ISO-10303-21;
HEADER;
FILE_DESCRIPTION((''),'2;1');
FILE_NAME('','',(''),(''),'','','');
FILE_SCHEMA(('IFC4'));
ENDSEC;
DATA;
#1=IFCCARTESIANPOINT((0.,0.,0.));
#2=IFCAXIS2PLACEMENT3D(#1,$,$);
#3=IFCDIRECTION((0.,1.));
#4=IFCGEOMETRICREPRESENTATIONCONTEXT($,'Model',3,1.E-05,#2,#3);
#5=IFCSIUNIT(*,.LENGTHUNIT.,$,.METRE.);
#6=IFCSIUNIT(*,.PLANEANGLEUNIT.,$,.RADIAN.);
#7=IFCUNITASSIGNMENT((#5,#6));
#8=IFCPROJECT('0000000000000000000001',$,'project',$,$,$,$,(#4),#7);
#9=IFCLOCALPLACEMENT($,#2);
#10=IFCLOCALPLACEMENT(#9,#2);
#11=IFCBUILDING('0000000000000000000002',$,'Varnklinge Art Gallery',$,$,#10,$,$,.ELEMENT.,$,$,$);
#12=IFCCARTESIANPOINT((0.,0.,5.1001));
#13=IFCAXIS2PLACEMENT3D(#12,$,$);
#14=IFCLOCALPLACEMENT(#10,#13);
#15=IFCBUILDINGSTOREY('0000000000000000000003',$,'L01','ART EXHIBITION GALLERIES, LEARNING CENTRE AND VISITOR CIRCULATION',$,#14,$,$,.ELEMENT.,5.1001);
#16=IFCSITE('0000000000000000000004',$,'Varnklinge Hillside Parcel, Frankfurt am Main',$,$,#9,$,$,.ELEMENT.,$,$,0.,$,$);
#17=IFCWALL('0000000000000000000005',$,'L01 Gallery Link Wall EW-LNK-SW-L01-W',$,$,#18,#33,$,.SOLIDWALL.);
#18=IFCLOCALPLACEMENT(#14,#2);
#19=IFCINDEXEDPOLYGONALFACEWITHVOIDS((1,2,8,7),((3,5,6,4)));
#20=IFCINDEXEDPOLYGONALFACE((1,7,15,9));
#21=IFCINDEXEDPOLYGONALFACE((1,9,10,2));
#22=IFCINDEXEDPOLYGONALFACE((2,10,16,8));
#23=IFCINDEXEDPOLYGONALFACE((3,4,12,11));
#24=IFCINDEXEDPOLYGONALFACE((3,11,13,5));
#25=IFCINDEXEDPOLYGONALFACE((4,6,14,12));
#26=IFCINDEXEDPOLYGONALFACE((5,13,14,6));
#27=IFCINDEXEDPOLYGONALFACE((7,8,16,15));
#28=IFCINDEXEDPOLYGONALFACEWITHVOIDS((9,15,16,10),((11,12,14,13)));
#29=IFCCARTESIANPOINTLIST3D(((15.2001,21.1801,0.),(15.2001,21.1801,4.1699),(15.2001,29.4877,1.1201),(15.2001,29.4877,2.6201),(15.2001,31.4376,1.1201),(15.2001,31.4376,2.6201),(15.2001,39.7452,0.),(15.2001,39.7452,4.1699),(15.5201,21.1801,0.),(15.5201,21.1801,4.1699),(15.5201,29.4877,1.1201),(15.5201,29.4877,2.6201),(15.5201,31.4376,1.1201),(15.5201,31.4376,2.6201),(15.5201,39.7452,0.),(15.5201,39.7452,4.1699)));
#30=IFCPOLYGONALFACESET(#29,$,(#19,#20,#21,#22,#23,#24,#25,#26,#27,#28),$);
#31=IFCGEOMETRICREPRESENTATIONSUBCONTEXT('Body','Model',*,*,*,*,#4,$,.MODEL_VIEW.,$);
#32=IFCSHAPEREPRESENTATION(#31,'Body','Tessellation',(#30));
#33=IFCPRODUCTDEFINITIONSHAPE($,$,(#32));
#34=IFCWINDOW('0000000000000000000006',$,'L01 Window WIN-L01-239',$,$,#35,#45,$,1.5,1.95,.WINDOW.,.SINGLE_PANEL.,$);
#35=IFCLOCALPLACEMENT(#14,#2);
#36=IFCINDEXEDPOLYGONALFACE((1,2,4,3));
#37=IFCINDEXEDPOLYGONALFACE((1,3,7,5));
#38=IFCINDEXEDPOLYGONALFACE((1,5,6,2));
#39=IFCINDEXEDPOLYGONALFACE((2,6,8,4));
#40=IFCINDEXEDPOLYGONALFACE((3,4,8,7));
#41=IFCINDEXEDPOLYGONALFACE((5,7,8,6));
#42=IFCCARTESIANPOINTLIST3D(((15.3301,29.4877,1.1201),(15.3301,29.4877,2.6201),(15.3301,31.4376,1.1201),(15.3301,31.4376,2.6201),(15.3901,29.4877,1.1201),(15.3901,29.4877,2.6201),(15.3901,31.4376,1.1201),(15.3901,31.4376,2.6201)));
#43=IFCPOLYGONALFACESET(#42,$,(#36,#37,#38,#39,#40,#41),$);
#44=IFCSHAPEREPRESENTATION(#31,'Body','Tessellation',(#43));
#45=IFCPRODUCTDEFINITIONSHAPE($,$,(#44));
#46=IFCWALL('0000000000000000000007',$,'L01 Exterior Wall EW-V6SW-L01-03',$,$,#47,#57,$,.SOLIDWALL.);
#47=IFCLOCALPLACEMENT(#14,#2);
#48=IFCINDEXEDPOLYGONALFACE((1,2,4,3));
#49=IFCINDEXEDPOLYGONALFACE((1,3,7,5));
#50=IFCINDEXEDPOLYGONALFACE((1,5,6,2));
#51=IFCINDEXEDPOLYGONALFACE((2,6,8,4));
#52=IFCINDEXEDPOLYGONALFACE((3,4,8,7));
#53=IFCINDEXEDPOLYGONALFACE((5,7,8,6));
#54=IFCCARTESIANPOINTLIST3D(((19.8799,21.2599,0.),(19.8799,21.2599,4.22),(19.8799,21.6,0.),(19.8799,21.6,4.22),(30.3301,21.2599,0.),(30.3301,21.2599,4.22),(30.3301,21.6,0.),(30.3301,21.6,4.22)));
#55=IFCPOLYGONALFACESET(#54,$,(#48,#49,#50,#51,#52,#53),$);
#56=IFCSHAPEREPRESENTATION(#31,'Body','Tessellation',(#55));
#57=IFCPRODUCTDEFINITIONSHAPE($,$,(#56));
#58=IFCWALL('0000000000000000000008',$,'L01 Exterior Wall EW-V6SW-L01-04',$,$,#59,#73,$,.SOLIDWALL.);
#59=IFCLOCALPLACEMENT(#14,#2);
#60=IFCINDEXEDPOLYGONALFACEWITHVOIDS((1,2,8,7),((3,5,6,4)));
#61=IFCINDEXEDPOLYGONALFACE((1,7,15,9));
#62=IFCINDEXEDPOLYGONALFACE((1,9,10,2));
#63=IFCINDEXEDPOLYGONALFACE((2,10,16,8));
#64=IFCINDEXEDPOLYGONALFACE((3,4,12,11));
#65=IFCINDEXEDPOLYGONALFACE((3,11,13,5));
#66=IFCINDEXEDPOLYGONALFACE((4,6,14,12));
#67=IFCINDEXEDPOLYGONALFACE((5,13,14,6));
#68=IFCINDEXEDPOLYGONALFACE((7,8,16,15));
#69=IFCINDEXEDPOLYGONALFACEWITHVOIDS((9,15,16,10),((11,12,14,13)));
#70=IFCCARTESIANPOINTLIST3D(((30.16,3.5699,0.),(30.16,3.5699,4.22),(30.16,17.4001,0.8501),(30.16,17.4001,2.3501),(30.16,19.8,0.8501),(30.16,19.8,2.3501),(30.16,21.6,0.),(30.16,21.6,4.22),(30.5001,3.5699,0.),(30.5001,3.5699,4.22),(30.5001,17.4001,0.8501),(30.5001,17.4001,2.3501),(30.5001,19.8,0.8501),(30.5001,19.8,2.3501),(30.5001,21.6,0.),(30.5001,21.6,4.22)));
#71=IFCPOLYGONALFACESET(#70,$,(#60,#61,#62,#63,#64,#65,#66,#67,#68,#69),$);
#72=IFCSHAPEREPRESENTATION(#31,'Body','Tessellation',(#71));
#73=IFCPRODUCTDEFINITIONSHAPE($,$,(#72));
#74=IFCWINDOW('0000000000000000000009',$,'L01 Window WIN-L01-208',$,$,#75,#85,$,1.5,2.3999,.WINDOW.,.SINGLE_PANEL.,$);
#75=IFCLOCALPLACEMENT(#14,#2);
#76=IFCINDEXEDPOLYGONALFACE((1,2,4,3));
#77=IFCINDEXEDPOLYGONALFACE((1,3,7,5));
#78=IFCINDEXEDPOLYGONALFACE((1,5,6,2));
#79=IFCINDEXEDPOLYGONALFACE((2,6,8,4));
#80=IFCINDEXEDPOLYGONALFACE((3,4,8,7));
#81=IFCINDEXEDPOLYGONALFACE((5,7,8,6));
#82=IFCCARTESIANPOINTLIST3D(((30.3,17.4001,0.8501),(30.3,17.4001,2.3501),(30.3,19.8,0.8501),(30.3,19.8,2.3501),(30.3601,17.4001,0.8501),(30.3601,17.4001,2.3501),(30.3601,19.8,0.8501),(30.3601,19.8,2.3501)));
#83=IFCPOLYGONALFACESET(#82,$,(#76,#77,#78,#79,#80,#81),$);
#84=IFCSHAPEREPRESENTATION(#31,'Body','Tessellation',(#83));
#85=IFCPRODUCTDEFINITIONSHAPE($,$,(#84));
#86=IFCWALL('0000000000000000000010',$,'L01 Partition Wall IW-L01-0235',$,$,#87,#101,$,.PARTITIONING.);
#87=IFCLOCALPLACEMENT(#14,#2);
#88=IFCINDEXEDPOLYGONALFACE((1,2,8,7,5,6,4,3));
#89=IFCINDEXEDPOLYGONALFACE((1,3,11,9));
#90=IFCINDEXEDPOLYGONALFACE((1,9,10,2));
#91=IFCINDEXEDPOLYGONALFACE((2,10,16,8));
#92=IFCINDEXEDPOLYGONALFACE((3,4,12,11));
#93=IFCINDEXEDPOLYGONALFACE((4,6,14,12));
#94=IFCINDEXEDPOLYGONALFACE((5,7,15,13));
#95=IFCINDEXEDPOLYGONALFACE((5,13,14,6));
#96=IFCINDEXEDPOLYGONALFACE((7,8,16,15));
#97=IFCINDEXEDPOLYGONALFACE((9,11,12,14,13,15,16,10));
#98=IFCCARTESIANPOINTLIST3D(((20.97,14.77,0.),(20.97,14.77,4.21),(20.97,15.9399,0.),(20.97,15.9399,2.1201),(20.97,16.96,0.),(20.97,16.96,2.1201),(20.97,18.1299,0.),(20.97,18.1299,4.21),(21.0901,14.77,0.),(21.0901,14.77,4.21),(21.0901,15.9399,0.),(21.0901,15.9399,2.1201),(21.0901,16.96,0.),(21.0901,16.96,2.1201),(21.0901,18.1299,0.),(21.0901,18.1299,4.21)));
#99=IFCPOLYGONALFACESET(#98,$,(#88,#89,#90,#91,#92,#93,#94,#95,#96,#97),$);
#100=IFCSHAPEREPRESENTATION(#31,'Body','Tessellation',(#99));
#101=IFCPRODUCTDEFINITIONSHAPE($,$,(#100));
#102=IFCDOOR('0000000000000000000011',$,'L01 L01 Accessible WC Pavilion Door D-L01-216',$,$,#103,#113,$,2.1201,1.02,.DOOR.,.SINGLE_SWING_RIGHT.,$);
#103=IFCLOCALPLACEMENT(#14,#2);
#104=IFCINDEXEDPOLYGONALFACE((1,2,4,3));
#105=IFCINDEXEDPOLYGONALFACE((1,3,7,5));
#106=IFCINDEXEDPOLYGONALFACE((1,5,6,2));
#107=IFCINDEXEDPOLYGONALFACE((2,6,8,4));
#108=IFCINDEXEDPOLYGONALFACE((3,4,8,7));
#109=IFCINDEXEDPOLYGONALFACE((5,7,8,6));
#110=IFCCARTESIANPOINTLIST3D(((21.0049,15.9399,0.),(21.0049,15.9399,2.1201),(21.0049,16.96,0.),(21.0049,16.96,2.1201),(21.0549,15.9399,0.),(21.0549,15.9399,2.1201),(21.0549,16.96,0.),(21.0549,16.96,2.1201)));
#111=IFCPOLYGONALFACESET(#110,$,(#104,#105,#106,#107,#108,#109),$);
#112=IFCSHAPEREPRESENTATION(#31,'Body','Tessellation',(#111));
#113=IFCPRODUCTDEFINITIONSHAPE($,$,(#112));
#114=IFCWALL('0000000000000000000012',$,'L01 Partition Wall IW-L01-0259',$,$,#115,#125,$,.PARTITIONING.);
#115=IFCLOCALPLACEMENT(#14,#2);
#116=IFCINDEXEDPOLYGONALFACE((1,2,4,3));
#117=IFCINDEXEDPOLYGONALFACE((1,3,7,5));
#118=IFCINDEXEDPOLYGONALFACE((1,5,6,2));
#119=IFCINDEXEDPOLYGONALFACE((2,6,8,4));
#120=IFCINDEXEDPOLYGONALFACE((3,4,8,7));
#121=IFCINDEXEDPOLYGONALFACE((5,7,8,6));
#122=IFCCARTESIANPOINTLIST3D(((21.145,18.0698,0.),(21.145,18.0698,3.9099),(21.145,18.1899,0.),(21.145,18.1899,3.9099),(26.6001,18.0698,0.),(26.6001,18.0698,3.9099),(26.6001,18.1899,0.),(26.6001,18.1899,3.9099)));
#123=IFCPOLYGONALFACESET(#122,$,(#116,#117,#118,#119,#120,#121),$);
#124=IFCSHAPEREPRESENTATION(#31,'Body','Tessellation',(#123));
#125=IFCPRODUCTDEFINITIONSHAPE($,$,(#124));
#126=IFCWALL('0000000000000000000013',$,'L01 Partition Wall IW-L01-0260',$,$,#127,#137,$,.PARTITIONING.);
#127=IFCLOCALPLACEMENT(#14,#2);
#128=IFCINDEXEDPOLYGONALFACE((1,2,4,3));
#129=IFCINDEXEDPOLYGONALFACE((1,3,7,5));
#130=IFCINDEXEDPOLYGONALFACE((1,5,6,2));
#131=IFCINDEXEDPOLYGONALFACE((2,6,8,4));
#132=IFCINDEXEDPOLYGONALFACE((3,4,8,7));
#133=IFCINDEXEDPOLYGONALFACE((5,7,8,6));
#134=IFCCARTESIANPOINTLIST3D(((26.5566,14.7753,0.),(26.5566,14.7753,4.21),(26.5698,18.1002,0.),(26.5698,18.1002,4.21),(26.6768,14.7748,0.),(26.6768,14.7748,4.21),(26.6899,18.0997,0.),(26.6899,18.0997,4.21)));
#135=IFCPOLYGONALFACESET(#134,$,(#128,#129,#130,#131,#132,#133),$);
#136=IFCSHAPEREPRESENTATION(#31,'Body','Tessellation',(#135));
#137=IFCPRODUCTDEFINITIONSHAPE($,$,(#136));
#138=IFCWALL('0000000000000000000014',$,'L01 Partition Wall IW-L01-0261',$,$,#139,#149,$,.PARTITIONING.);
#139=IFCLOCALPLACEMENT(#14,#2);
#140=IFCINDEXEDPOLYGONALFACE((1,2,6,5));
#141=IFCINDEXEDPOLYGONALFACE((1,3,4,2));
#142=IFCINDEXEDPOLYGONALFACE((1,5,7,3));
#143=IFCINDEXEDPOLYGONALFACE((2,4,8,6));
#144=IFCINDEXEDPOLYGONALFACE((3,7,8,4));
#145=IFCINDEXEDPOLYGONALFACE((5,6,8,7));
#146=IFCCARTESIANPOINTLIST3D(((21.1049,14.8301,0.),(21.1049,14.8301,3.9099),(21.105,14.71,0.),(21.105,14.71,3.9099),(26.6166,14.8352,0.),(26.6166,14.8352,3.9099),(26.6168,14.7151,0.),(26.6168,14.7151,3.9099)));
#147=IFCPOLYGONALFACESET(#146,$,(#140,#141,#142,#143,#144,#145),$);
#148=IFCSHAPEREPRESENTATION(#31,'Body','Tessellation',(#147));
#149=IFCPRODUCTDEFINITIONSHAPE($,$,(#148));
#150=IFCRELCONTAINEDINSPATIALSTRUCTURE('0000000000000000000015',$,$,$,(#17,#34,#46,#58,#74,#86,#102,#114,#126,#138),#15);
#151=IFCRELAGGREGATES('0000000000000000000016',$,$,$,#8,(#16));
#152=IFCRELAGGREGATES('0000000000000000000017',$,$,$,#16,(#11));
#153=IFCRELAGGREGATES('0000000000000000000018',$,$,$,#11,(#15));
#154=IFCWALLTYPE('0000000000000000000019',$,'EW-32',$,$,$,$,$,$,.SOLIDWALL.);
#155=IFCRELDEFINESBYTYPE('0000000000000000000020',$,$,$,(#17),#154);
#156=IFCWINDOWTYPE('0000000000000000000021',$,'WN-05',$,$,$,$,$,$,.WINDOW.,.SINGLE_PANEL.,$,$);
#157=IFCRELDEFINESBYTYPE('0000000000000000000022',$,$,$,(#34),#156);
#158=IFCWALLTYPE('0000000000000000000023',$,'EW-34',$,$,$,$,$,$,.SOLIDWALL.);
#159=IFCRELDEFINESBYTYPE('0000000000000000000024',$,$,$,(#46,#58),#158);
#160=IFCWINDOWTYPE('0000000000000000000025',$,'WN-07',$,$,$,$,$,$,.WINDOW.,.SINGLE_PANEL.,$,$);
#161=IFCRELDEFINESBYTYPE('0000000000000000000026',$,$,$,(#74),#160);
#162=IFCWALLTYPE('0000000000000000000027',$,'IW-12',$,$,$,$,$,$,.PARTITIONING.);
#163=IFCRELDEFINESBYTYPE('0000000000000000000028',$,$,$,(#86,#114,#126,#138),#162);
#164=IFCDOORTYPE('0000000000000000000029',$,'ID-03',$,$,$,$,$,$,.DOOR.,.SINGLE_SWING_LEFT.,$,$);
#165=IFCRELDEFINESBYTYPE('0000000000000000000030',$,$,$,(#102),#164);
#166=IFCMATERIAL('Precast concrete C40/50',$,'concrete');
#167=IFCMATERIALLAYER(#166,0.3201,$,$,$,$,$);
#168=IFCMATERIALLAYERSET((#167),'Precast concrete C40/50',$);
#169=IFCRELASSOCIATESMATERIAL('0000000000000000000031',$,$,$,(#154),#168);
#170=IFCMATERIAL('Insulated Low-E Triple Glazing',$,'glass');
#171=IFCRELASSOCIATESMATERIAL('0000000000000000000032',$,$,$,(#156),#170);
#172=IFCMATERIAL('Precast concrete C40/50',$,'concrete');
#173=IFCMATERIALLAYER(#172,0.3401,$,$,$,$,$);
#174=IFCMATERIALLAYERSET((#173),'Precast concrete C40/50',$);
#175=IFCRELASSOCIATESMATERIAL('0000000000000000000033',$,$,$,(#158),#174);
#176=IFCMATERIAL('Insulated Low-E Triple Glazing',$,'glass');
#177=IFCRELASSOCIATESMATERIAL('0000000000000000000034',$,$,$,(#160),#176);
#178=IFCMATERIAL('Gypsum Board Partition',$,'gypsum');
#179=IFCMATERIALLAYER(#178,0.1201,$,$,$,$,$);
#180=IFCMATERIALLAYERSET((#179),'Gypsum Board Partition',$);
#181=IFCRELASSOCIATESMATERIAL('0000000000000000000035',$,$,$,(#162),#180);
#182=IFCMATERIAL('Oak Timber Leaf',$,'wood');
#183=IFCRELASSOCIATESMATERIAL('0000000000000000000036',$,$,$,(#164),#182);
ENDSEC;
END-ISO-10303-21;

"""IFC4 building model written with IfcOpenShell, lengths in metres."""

from ifc_helpers import new_model, si_unit, direction, frame, frame_2d, origin, place, context, subcontext, project, spatial, rectangle, extrude, material, layer, layer_set, type_object, element, fill, save


model = new_model("IFC4")

# Units and contexts
model_context = context("Model", 3, precision=1e-05, world=origin(), true_north=direction((0.0, 1.0)))
body_context = subcontext(model_context, "Body", "Model", "MODEL_VIEW")
ifc_project = project(units=[si_unit("LENGTHUNIT", "METRE"), si_unit("PLANEANGLEUNIT", "RADIAN")], contexts=[model_context])

# Site, building, storey
site_placement = place(None, origin())
site = spatial("IfcSite", under=ifc_project, at=site_placement, Name="Varnklinge Hillside Parcel, Frankfurt am Main", CompositionType="ELEMENT", RefElevation=0.0)
building_placement = place(site_placement, origin())
building = spatial("IfcBuilding", under=site, at=building_placement, Name="Varnklinge Art Gallery", CompositionType="ELEMENT")
storey_placement = place(building_placement, frame((0.0, 0.0, 5.1001)))
storey = spatial("IfcBuildingStorey", under=building, at=storey_placement, Name="L01", Description="ART EXHIBITION GALLERIES, LEARNING CENTRE AND VISITOR CIRCULATION", CompositionType="ELEMENT", Elevation=5.1001)

# Wall, opening, window
ifc_material_1 = material(Name="Precast concrete C40/50", Category="concrete")
ifc_layer_1 = layer(ifc_material_1, 0.3201)
ifc_layer_set_1 = layer_set([ifc_layer_1], Name="Precast concrete C40/50")
wall_type_1 = type_object("IfcWallType", Name="EW-32", PredefinedType="SOLIDWALL", material=ifc_layer_set_1)
wall_1_placement = place(storey_placement, frame((15.3601, 21.1799, 0.0), z_axis=(0.0, 0.0, 1.0), x_axis=(0.0, 1.0, 0.0)))
wall_1 = element("IfcWall", 1, at=wall_1_placement, inside=storey, type_object=wall_type_1, Name="L01 Gallery Link Wall EW-LNK-SW-L01-W", PredefinedType="SOLIDWALL", context=body_context, shape_type="SweptSolid", body=[
    extrude(rectangle(XDim=18.5652, YDim=0.3201, at=frame_2d((9.2827, 0.0))), origin(), (0.0, 0.0, 1.0), 4.1699),
])
opening_1_placement = place(wall_1_placement, frame((8.3076, 0.0, 1.1201)))
opening_1 = element("IfcOpeningElement", 2, at=opening_1_placement, cuts=wall_1, PredefinedType="OPENING", context=body_context, shape_type="SweptSolid", body=[
    extrude(rectangle(XDim=1.95, YDim=1.5, at=frame_2d((0.9751, 0.75))), frame((0.0, 0.1702, 0.0), z_axis=(0.0, -1.0, 0.0), x_axis=(1.0, 0.0, 0.0)), (0.0, 0.0, 1.0), 0.3401),
])
ifc_material_2 = material(Name="Insulated Low-E Triple Glazing", Category="glass")
window_type_1 = type_object("IfcWindowType", Name="WN-05", PartitioningType="SINGLE_PANEL", PredefinedType="WINDOW", material=ifc_material_2)
window_1_placement = place(opening_1_placement, origin())
window_1 = element("IfcWindow", 3, at=window_1_placement, inside=storey, type_object=window_type_1, Name="L01 Window WIN-L01-239", OverallHeight=1.5, OverallWidth=1.95, PartitioningType="SINGLE_PANEL", PredefinedType="WINDOW", context=body_context, shape_type="SweptSolid", body=[
    extrude(rectangle(XDim=1.95, YDim=1.5, at=frame_2d((0.9751, 0.75))), frame((0.0, 0.03, 0.0), z_axis=(0.0, -1.0, 0.0), x_axis=(1.0, 0.0, 0.0)), (0.0, 0.0, 1.0), 0.0601),
])
fill(opening_1, window_1)

# Wall
ifc_material_3 = material(Name="Precast concrete C40/50", Category="concrete")
ifc_layer_2 = layer(ifc_material_3, 0.3401)
ifc_layer_set_2 = layer_set([ifc_layer_2], Name="Precast concrete C40/50")
wall_type_2 = type_object("IfcWallType", Name="EW-34", PredefinedType="SOLIDWALL", material=ifc_layer_set_2)
wall_2_placement = place(storey_placement, frame((19.8799, 21.4299, 0.0), z_axis=(0.0, 0.0, 1.0), x_axis=(1.0, 0.0, 0.0)))
element("IfcWall", 4, at=wall_2_placement, inside=storey, type_object=wall_type_2, Name="L01 Exterior Wall EW-V6SW-L01-03", PredefinedType="SOLIDWALL", context=body_context, shape_type="SweptSolid", body=[
    extrude(rectangle(XDim=10.4502, YDim=0.3401, at=frame_2d((5.2251, 0.0))), origin(), (0.0, 0.0, 1.0), 4.22),
])

# Wall, opening, window
wall_3_placement = place(storey_placement, frame((30.3301, 21.6001, 0.0), z_axis=(0.0, 0.0, 1.0), x_axis=(0.0, -1.0, 0.0)))
wall_3 = element("IfcWall", 5, at=wall_3_placement, inside=storey, type_object=wall_type_2, Name="L01 Exterior Wall EW-V6SW-L01-04", PredefinedType="SOLIDWALL", context=body_context, shape_type="SweptSolid", body=[
    extrude(rectangle(XDim=18.03, YDim=0.3401, at=frame_2d((9.0151, 0.0))), origin(), (0.0, 0.0, 1.0), 4.22),
])
opening_2_placement = place(wall_3_placement, frame((1.8, 0.0, 0.8501)))
opening_2 = element("IfcOpeningElement", 6, at=opening_2_placement, cuts=wall_3, PredefinedType="OPENING", context=body_context, shape_type="SweptSolid", body=[
    extrude(rectangle(XDim=2.3999, YDim=1.5, at=frame_2d((1.2, 0.75))), frame((0.0, 0.1799, 0.0), z_axis=(0.0, -1.0, 0.0), x_axis=(1.0, 0.0, 0.0)), (0.0, 0.0, 1.0), 0.3601),
])
ifc_material_4 = material(Name="Insulated Low-E Triple Glazing", Category="glass")
window_type_2 = type_object("IfcWindowType", Name="WN-07", PartitioningType="SINGLE_PANEL", PredefinedType="WINDOW", material=ifc_material_4)
window_2_placement = place(opening_2_placement, origin())
window_2 = element("IfcWindow", 7, at=window_2_placement, inside=storey, type_object=window_type_2, Name="L01 Window WIN-L01-208", OverallHeight=1.5, OverallWidth=2.3999, PartitioningType="SINGLE_PANEL", PredefinedType="WINDOW", context=body_context, shape_type="SweptSolid", body=[
    extrude(rectangle(XDim=2.3999, YDim=1.5, at=frame_2d((1.2, 0.75))), frame((0.0, 0.03, 0.0), z_axis=(0.0, -1.0, 0.0), x_axis=(1.0, 0.0, 0.0)), (0.0, 0.0, 1.0), 0.0601),
])
fill(opening_2, window_2)

# Wall, opening, door
ifc_material_5 = material(Name="Gypsum Board Partition", Category="gypsum")
ifc_layer_3 = layer(ifc_material_5, 0.1201)
ifc_layer_set_3 = layer_set([ifc_layer_3], Name="Gypsum Board Partition")
wall_type_3 = type_object("IfcWallType", Name="IW-12", PredefinedType="PARTITIONING", material=ifc_layer_set_3)
wall_4_placement = place(storey_placement, frame((21.03, 18.1299, 0.0), z_axis=(0.0, 0.0, 1.0), x_axis=(0.0, -1.0, 0.0)))
wall_4 = element("IfcWall", 8, at=wall_4_placement, inside=storey, type_object=wall_type_3, Name="L01 Partition Wall IW-L01-0235", PredefinedType="PARTITIONING", context=body_context, shape_type="SweptSolid", body=[
    extrude(rectangle(XDim=3.3599, YDim=0.1201, at=frame_2d((1.6799, 0.0))), origin(), (0.0, 0.0, 1.0), 4.21),
])
opening_3_placement = place(wall_4_placement, frame((1.1699, 0.0, 0.0)))
opening_3 = element("IfcOpeningElement", 9, at=opening_3_placement, cuts=wall_4, PredefinedType="OPENING", context=body_context, shape_type="SweptSolid", body=[
    extrude(rectangle(XDim=1.02, YDim=2.1201, at=frame_2d((0.51, 1.0601))), frame((0.0, 0.0701, 0.0), z_axis=(0.0, -1.0, 0.0), x_axis=(1.0, 0.0, 0.0)), (0.0, 0.0, 1.0), 0.1401),
])
ifc_material_6 = material(Name="Oak Timber Leaf", Category="wood")
door_type_1 = type_object("IfcDoorType", Name="ID-03", OperationType="SINGLE_SWING_LEFT", PredefinedType="DOOR", material=ifc_material_6)
door_1_placement = place(opening_3_placement, origin())
door_1 = element("IfcDoor", 10, at=door_1_placement, inside=storey, type_object=door_type_1, Name="L01 L01 Accessible WC Pavilion Door D-L01-216", OperationType="SINGLE_SWING_RIGHT", OverallHeight=2.1201, OverallWidth=1.02, PredefinedType="DOOR", context=body_context, shape_type="SweptSolid", body=[
    extrude(rectangle(XDim=1.02, YDim=2.1201, at=frame_2d((0.51, 1.0601))), frame((0.0, 0.0249, 0.0), z_axis=(0.0, -1.0, 0.0), x_axis=(1.0, 0.0, 0.0)), (0.0, 0.0, 1.0), 0.05),
])
fill(opening_3, door_1)

# Walls
wall_5_placement = place(storey_placement, frame((21.145, 18.1299, 0.0), z_axis=(0.0, 0.0, 1.0), x_axis=(1.0, 0.0, 0.0)))
element("IfcWall", 11, at=wall_5_placement, inside=storey, type_object=wall_type_3, Name="L01 Partition Wall IW-L01-0259", PredefinedType="PARTITIONING", context=body_context, shape_type="SweptSolid", body=[
    extrude(rectangle(XDim=5.4551, YDim=0.1201, at=frame_2d((2.7275, 0.0))), origin(), (0.0, 0.0, 1.0), 3.9099),
])
wall_6_placement = place(storey_placement, frame((26.6299, 18.1001, 0.0), z_axis=(0.0, 0.0, 1.0), x_axis=(-0.003965, -0.999992, 0.0)))
element("IfcWall", 12, at=wall_6_placement, inside=storey, type_object=wall_type_3, Name="L01 Partition Wall IW-L01-0260", PredefinedType="PARTITIONING", context=body_context, shape_type="SweptSolid", body=[
    extrude(rectangle(XDim=3.325, YDim=0.1201, at=frame_2d((1.6626, 0.0))), origin(), (0.0, 0.0, 1.0), 4.21),
])
wall_7_placement = place(storey_placement, frame((26.6167, 14.7751, 0.0), z_axis=(0.0, 0.0, 1.0), x_axis=(-1.0, -0.00093, 0.0)))
element("IfcWall", 13, at=wall_7_placement, inside=storey, type_object=wall_type_3, Name="L01 Partition Wall IW-L01-0261", PredefinedType="PARTITIONING", context=body_context, shape_type="SweptSolid", body=[
    extrude(rectangle(XDim=5.5117, YDim=0.1201, at=frame_2d((2.7559, 0.0))), origin(), (0.0, 0.0, 1.0), 3.9099),
])

save(model, "model.ifc")
